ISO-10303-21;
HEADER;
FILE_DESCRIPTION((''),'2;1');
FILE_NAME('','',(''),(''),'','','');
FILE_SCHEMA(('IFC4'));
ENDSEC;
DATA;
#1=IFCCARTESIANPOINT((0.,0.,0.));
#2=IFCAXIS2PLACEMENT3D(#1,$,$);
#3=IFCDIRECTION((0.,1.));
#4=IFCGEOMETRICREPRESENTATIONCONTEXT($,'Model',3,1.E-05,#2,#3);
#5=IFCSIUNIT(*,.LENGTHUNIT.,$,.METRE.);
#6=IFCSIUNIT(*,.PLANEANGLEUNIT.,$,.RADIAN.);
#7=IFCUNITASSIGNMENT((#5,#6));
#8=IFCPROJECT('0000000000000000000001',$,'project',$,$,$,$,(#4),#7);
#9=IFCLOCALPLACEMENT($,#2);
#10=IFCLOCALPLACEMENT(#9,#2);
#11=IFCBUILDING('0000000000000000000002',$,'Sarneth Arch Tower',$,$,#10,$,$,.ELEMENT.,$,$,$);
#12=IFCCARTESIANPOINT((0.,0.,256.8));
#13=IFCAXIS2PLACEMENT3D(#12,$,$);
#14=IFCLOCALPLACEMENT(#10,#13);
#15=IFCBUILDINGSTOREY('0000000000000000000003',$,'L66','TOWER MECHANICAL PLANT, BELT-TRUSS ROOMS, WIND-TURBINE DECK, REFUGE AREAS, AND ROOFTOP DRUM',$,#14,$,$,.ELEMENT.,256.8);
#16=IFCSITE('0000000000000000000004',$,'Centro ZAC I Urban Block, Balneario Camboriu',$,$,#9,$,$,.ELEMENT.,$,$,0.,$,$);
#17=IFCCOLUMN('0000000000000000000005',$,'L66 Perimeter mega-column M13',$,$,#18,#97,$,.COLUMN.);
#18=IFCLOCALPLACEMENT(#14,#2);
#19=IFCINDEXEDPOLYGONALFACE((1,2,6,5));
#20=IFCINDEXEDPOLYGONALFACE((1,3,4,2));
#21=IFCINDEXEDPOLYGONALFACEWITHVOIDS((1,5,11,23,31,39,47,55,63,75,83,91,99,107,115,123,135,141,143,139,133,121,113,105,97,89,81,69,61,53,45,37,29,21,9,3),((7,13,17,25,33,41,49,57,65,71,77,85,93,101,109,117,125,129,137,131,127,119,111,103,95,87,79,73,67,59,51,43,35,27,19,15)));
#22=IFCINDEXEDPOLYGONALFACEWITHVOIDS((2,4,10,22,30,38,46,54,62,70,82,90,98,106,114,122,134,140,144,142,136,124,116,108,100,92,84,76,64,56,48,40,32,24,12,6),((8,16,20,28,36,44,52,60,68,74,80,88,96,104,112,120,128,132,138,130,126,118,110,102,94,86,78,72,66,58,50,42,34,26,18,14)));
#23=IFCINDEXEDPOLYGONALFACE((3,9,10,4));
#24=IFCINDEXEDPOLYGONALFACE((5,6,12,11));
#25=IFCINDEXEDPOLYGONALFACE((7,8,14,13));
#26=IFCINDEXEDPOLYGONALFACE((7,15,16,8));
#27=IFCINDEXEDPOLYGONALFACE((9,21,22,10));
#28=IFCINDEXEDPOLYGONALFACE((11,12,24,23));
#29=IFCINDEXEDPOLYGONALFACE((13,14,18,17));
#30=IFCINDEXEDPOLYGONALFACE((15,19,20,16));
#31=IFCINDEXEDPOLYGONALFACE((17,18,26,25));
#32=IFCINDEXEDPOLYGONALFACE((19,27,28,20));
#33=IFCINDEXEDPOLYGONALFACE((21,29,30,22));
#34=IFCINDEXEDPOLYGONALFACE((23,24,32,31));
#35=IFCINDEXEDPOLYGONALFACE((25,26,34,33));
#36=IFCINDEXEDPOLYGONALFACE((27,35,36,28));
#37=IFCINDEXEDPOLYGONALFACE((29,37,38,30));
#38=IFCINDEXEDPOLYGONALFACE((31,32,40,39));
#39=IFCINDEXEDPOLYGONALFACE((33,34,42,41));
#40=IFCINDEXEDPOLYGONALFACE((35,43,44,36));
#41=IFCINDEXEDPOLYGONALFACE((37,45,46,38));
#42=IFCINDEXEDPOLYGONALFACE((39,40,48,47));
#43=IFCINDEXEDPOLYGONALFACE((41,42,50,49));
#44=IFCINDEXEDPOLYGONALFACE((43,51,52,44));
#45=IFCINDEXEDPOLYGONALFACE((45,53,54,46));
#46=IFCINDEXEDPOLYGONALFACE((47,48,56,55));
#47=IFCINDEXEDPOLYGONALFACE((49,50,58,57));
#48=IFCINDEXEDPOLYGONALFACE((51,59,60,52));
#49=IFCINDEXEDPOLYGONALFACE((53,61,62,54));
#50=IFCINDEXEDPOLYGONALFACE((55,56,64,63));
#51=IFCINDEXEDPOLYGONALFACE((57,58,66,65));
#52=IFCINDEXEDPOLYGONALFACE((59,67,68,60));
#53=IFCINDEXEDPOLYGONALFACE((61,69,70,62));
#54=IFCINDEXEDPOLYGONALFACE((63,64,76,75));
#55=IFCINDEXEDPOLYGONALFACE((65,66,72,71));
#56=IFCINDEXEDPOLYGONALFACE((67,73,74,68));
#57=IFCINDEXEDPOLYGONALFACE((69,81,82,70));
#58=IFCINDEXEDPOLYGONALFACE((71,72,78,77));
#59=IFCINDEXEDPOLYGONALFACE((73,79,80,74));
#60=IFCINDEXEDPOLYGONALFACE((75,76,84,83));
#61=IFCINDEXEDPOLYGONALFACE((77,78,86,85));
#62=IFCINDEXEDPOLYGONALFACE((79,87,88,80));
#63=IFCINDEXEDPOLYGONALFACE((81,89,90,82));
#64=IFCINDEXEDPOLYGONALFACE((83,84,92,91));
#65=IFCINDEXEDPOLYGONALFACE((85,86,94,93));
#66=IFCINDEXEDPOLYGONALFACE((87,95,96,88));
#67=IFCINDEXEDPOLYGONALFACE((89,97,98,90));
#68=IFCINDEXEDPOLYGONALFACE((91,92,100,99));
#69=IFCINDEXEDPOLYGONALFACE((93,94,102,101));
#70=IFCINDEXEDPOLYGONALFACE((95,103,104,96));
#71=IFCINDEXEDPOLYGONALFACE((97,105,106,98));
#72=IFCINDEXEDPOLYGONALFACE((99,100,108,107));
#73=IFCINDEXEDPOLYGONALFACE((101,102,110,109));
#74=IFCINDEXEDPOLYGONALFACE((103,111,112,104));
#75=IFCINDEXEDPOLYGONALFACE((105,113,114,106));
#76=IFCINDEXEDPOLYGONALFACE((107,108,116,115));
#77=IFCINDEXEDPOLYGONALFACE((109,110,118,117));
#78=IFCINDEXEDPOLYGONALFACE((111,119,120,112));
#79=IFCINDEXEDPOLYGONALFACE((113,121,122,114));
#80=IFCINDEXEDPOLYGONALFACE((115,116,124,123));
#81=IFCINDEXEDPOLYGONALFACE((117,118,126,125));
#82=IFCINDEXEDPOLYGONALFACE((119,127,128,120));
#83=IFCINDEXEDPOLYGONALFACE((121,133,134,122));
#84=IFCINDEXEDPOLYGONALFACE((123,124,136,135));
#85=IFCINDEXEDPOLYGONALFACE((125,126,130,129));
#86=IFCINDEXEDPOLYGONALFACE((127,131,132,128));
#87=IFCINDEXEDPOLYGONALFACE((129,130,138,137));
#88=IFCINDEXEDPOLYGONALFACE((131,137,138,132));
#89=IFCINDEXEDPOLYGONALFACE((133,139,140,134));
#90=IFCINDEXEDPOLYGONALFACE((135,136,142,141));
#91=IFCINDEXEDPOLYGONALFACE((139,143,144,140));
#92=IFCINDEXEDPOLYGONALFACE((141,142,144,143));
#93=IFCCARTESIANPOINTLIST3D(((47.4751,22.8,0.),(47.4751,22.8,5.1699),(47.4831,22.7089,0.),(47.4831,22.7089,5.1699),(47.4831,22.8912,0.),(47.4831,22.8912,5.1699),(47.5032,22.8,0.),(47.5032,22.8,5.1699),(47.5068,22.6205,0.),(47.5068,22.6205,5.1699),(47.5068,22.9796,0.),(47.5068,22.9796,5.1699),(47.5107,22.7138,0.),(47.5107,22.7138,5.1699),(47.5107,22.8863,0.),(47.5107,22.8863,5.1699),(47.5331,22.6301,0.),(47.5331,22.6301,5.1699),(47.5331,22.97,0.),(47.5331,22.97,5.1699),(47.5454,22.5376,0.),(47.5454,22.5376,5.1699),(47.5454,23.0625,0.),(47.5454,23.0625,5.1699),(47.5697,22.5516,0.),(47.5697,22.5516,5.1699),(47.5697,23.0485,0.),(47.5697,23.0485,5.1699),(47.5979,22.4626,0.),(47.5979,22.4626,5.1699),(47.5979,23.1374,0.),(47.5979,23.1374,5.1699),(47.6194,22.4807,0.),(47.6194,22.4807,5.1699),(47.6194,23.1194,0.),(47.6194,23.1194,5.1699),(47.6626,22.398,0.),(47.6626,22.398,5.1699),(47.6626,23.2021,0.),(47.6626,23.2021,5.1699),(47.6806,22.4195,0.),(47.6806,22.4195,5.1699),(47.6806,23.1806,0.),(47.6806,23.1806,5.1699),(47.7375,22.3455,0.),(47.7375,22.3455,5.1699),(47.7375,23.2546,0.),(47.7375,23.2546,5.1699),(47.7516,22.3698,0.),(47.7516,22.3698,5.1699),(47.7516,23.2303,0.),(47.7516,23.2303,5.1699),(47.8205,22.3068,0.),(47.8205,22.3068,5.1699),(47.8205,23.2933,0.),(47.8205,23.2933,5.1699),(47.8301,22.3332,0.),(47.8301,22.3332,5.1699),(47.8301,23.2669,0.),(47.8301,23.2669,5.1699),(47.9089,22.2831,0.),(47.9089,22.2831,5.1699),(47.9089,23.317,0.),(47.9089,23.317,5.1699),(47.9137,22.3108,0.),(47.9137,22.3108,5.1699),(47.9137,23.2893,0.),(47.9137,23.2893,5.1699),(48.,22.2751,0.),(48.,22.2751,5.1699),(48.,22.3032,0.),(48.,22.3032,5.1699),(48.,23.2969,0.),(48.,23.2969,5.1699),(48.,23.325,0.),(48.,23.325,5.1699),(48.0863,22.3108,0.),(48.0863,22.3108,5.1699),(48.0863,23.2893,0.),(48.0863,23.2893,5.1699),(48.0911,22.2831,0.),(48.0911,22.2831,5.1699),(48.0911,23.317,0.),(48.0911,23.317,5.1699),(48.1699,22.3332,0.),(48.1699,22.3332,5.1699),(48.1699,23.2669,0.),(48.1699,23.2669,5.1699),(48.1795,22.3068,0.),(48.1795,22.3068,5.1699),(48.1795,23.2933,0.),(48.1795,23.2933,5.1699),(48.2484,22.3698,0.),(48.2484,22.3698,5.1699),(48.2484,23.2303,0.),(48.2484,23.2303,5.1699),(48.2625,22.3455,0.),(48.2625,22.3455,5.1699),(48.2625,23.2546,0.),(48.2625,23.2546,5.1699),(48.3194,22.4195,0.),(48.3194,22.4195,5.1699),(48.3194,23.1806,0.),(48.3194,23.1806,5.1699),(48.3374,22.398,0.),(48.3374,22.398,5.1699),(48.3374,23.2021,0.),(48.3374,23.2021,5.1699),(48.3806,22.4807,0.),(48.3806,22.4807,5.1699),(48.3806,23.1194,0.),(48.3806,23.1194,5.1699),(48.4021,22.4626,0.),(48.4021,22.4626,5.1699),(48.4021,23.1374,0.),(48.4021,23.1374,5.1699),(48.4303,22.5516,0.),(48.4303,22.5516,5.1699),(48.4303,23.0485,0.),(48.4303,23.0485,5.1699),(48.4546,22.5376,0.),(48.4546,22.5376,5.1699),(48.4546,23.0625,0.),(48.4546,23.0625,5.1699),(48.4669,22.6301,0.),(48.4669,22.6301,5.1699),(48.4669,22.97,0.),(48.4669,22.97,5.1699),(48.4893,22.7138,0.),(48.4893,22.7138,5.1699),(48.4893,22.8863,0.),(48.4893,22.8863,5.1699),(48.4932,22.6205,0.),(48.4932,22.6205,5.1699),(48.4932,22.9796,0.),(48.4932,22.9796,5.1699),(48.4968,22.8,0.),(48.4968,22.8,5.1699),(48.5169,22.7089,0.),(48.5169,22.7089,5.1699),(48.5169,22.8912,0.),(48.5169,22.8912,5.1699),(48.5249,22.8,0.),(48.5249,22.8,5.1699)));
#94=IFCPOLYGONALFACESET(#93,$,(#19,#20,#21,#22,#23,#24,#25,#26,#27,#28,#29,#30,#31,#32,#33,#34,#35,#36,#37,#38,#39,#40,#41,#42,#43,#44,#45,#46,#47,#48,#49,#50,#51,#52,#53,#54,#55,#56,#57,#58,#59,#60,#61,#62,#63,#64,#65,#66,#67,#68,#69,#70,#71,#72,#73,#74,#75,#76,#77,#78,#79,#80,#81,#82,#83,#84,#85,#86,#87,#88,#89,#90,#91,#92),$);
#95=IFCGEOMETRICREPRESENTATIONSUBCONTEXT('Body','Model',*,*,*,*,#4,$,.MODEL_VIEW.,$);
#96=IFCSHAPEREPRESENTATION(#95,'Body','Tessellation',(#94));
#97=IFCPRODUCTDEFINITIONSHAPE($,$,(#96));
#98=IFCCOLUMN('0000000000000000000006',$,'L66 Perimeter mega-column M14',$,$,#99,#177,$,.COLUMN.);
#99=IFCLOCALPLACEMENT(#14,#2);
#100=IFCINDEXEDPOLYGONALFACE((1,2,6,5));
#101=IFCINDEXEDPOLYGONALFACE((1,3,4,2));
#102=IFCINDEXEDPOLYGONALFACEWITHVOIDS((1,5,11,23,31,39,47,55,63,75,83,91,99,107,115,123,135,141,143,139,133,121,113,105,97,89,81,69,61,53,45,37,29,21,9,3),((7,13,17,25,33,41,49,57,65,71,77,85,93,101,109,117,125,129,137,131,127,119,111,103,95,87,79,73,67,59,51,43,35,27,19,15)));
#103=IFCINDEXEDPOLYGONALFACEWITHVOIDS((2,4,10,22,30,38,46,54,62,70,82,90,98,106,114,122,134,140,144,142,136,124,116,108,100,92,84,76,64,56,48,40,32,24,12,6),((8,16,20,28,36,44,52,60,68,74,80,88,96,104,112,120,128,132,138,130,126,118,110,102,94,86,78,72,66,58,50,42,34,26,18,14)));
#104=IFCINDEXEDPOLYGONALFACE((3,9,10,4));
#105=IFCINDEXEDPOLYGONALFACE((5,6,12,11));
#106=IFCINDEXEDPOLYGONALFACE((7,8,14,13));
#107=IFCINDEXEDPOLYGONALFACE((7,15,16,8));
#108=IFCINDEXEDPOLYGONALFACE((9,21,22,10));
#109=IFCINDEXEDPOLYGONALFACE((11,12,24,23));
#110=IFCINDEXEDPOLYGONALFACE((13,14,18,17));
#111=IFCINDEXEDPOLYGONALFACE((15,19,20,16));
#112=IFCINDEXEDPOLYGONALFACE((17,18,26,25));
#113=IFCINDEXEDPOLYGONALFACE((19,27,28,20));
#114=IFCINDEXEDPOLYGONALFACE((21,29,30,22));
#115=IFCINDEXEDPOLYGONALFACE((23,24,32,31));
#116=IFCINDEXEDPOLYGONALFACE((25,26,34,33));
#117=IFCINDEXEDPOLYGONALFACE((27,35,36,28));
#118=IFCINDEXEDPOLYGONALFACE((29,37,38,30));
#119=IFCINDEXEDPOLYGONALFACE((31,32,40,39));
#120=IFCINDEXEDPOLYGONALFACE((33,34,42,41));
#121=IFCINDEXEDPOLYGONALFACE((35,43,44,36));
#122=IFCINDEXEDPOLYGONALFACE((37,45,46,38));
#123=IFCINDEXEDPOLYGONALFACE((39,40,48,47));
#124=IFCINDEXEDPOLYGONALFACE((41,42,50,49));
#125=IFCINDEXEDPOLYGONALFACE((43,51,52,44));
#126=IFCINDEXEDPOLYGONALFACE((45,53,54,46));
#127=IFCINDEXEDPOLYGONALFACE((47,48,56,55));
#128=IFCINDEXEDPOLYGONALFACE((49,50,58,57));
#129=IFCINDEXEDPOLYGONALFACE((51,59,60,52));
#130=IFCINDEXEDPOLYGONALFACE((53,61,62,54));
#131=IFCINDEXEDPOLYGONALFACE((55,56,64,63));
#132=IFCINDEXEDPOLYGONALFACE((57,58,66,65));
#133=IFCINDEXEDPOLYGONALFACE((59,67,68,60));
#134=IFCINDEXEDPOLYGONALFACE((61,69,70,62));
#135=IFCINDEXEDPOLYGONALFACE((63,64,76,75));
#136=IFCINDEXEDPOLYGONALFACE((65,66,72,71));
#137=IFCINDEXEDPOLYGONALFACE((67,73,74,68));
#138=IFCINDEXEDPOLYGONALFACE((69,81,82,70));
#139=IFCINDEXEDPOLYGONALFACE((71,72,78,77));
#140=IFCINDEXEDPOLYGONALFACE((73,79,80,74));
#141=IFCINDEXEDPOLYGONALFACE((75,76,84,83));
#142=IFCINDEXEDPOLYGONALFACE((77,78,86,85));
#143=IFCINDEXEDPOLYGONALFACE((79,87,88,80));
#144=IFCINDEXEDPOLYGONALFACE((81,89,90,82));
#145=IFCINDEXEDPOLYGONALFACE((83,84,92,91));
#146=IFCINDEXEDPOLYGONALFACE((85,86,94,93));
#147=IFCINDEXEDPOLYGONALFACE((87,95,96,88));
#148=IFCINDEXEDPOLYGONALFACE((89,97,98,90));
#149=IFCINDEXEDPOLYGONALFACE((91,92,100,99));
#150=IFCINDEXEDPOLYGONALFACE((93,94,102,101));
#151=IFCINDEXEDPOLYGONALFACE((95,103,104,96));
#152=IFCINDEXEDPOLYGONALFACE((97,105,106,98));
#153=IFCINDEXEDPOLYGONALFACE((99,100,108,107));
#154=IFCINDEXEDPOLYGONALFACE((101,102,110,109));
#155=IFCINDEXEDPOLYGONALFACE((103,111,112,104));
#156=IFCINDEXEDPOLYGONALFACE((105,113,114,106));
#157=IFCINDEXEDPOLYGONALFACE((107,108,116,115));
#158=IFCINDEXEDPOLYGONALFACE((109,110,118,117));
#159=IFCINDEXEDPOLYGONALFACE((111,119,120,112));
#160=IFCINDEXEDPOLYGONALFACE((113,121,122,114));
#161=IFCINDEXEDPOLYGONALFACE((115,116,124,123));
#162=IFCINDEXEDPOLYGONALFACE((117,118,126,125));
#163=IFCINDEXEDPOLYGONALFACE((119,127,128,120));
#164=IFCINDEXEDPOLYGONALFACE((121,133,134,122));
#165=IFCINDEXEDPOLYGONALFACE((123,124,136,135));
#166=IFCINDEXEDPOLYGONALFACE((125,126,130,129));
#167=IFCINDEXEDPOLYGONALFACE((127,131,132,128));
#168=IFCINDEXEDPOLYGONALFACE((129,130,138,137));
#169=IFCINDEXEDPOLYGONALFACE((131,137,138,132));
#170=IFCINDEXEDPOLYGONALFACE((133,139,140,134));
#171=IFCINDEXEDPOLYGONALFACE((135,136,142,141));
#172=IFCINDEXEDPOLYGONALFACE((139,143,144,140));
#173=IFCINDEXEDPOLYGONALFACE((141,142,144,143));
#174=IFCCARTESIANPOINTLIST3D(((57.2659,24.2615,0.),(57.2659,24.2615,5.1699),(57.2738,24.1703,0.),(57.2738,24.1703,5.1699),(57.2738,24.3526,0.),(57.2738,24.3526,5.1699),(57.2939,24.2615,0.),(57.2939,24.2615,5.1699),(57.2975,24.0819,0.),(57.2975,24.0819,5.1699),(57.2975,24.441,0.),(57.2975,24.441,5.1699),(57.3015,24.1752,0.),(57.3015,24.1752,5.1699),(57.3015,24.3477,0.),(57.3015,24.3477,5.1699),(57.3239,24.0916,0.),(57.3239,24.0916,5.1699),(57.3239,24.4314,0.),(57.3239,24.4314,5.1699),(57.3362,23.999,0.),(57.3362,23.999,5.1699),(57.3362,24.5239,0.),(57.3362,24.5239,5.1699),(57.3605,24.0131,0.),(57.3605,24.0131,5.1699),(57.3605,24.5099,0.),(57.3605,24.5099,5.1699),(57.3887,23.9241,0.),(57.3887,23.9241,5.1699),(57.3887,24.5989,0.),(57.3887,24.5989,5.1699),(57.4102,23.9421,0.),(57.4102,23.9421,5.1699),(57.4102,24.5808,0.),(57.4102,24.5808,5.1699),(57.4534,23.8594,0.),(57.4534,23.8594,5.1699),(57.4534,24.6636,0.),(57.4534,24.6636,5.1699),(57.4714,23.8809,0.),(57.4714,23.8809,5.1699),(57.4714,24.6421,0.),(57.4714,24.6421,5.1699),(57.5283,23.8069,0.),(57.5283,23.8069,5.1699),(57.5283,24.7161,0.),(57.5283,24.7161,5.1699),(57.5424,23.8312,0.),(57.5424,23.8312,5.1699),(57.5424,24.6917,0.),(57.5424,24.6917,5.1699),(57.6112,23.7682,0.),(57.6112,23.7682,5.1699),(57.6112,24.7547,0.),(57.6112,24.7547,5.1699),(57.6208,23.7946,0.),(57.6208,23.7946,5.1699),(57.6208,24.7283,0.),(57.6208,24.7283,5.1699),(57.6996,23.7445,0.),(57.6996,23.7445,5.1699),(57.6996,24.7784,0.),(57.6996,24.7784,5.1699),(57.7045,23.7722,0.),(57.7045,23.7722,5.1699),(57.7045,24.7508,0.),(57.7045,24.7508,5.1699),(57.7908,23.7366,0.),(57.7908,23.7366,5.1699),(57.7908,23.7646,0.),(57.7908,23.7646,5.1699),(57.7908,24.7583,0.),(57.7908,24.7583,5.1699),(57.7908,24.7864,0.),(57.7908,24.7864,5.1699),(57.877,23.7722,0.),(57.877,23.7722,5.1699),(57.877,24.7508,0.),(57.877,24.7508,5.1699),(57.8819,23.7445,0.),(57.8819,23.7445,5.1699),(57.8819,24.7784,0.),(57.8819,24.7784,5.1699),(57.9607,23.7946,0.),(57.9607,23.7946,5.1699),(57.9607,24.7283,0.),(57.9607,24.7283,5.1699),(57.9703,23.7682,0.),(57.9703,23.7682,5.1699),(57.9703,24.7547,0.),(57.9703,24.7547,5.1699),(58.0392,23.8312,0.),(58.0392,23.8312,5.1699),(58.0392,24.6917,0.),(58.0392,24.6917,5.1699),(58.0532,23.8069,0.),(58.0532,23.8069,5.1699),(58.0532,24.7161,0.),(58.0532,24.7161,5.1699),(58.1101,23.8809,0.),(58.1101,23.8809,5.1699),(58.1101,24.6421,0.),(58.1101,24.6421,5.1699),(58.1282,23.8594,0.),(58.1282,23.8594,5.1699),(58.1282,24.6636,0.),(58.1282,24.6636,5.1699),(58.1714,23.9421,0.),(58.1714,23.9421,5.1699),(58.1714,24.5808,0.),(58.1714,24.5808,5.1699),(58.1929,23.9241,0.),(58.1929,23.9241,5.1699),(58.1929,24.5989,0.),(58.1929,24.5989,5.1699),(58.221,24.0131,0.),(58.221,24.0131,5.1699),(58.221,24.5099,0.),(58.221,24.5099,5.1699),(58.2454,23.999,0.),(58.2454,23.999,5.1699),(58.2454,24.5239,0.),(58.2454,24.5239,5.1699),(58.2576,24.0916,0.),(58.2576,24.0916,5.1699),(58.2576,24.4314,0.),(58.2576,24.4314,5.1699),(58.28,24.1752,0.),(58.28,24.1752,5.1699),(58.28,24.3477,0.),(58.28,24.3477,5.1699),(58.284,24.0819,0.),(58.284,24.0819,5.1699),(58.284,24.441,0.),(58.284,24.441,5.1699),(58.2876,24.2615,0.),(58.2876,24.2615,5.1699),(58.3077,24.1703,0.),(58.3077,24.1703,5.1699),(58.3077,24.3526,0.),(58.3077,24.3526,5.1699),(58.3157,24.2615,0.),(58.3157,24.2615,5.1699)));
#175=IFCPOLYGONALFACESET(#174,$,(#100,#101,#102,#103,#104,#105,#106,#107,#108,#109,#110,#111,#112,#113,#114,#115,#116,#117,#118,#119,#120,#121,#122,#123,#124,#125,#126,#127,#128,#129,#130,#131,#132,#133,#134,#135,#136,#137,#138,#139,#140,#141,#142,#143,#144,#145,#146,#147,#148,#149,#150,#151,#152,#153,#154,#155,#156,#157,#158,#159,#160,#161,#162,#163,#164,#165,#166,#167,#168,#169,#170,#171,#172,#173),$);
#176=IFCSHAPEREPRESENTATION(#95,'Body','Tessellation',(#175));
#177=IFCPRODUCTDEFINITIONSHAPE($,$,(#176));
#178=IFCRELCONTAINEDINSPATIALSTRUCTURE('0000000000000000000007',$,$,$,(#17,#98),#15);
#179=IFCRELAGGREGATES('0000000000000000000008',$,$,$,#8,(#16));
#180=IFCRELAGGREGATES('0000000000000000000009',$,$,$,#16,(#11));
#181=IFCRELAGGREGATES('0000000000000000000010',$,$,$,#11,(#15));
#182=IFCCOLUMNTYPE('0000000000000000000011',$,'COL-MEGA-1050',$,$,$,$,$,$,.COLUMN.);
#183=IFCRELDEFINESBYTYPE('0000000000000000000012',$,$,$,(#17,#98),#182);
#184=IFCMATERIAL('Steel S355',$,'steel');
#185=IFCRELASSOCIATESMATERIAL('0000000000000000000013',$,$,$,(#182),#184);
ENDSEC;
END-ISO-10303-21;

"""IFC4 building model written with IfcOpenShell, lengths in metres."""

from ifc_helpers import new_model, si_unit, direction, frame, origin, origin_2d, place, context, subcontext, project, spatial, hollow_circle, extrude, material, material_profile, profile_set, type_object, element, save


model = new_model("IFC4")

# Units and contexts
model_context = context("Model", 3, precision=1e-05, world=origin(), true_north=direction((0.0, 1.0)))
body_context = subcontext(model_context, "Body", "Model", "MODEL_VIEW")
ifc_project = project(units=[si_unit("LENGTHUNIT", "METRE"), si_unit("PLANEANGLEUNIT", "RADIAN")], contexts=[model_context])

# Site, building, storey
site_placement = place(None, origin())
site = spatial("IfcSite", under=ifc_project, at=site_placement, Name="Centro ZAC I Urban Block, Balneario Camboriu", CompositionType="ELEMENT", RefElevation=0.0)
building_placement = place(site_placement, origin())
building = spatial("IfcBuilding", under=site, at=building_placement, Name="Sarneth Arch Tower", CompositionType="ELEMENT")
storey_placement = place(building_placement, frame((0.0, 0.0, 256.8)))
storey = spatial("IfcBuildingStorey", under=building, at=storey_placement, Name="L66", Description="TOWER MECHANICAL PLANT, BELT-TRUSS ROOMS, WIND-TURBINE DECK, REFUGE AREAS, AND ROOFTOP DRUM", CompositionType="ELEMENT", Elevation=256.8)

# Columns
ifc_material_1 = material(Name="Steel S355", Category="steel")
ifc_material_profile_1 = material_profile(ifc_material_1, hollow_circle(Radius=0.5249, WallThickness=0.0281, at=origin_2d()), Name="CHS1050x28")
ifc_profile_set_1 = profile_set([ifc_material_profile_1], Name="Steel S355")
column_type = type_object("IfcColumnType", Name="COL-MEGA-1050", PredefinedType="COLUMN", material=ifc_profile_set_1)
for number, where, z_axis, x_axis, name in (
    (1, (48.0, 22.8, 0.0), (0.0, 0.0, 1.0), (1.0, 0.0, 0.0), "L66 Perimeter mega-column M13"),
    (2, (57.7908, 24.2615, 0.0), (0.0, 0.0, 1.0), (1.0, 0.0, 0.0), "L66 Perimeter mega-column M14"),
):
    element("IfcColumn", number, at=place(storey_placement, frame(where, z_axis=z_axis, x_axis=x_axis)), inside=storey, type_object=column_type, Name=name, PredefinedType="COLUMN", context=body_context, shape_type="SweptSolid", body=[
        extrude(hollow_circle(Radius=0.5249, WallThickness=0.0281, at=origin_2d()), origin(), (0.0, 0.0, 1.0), 5.1699),
    ])

save(model, "model.ifc")
